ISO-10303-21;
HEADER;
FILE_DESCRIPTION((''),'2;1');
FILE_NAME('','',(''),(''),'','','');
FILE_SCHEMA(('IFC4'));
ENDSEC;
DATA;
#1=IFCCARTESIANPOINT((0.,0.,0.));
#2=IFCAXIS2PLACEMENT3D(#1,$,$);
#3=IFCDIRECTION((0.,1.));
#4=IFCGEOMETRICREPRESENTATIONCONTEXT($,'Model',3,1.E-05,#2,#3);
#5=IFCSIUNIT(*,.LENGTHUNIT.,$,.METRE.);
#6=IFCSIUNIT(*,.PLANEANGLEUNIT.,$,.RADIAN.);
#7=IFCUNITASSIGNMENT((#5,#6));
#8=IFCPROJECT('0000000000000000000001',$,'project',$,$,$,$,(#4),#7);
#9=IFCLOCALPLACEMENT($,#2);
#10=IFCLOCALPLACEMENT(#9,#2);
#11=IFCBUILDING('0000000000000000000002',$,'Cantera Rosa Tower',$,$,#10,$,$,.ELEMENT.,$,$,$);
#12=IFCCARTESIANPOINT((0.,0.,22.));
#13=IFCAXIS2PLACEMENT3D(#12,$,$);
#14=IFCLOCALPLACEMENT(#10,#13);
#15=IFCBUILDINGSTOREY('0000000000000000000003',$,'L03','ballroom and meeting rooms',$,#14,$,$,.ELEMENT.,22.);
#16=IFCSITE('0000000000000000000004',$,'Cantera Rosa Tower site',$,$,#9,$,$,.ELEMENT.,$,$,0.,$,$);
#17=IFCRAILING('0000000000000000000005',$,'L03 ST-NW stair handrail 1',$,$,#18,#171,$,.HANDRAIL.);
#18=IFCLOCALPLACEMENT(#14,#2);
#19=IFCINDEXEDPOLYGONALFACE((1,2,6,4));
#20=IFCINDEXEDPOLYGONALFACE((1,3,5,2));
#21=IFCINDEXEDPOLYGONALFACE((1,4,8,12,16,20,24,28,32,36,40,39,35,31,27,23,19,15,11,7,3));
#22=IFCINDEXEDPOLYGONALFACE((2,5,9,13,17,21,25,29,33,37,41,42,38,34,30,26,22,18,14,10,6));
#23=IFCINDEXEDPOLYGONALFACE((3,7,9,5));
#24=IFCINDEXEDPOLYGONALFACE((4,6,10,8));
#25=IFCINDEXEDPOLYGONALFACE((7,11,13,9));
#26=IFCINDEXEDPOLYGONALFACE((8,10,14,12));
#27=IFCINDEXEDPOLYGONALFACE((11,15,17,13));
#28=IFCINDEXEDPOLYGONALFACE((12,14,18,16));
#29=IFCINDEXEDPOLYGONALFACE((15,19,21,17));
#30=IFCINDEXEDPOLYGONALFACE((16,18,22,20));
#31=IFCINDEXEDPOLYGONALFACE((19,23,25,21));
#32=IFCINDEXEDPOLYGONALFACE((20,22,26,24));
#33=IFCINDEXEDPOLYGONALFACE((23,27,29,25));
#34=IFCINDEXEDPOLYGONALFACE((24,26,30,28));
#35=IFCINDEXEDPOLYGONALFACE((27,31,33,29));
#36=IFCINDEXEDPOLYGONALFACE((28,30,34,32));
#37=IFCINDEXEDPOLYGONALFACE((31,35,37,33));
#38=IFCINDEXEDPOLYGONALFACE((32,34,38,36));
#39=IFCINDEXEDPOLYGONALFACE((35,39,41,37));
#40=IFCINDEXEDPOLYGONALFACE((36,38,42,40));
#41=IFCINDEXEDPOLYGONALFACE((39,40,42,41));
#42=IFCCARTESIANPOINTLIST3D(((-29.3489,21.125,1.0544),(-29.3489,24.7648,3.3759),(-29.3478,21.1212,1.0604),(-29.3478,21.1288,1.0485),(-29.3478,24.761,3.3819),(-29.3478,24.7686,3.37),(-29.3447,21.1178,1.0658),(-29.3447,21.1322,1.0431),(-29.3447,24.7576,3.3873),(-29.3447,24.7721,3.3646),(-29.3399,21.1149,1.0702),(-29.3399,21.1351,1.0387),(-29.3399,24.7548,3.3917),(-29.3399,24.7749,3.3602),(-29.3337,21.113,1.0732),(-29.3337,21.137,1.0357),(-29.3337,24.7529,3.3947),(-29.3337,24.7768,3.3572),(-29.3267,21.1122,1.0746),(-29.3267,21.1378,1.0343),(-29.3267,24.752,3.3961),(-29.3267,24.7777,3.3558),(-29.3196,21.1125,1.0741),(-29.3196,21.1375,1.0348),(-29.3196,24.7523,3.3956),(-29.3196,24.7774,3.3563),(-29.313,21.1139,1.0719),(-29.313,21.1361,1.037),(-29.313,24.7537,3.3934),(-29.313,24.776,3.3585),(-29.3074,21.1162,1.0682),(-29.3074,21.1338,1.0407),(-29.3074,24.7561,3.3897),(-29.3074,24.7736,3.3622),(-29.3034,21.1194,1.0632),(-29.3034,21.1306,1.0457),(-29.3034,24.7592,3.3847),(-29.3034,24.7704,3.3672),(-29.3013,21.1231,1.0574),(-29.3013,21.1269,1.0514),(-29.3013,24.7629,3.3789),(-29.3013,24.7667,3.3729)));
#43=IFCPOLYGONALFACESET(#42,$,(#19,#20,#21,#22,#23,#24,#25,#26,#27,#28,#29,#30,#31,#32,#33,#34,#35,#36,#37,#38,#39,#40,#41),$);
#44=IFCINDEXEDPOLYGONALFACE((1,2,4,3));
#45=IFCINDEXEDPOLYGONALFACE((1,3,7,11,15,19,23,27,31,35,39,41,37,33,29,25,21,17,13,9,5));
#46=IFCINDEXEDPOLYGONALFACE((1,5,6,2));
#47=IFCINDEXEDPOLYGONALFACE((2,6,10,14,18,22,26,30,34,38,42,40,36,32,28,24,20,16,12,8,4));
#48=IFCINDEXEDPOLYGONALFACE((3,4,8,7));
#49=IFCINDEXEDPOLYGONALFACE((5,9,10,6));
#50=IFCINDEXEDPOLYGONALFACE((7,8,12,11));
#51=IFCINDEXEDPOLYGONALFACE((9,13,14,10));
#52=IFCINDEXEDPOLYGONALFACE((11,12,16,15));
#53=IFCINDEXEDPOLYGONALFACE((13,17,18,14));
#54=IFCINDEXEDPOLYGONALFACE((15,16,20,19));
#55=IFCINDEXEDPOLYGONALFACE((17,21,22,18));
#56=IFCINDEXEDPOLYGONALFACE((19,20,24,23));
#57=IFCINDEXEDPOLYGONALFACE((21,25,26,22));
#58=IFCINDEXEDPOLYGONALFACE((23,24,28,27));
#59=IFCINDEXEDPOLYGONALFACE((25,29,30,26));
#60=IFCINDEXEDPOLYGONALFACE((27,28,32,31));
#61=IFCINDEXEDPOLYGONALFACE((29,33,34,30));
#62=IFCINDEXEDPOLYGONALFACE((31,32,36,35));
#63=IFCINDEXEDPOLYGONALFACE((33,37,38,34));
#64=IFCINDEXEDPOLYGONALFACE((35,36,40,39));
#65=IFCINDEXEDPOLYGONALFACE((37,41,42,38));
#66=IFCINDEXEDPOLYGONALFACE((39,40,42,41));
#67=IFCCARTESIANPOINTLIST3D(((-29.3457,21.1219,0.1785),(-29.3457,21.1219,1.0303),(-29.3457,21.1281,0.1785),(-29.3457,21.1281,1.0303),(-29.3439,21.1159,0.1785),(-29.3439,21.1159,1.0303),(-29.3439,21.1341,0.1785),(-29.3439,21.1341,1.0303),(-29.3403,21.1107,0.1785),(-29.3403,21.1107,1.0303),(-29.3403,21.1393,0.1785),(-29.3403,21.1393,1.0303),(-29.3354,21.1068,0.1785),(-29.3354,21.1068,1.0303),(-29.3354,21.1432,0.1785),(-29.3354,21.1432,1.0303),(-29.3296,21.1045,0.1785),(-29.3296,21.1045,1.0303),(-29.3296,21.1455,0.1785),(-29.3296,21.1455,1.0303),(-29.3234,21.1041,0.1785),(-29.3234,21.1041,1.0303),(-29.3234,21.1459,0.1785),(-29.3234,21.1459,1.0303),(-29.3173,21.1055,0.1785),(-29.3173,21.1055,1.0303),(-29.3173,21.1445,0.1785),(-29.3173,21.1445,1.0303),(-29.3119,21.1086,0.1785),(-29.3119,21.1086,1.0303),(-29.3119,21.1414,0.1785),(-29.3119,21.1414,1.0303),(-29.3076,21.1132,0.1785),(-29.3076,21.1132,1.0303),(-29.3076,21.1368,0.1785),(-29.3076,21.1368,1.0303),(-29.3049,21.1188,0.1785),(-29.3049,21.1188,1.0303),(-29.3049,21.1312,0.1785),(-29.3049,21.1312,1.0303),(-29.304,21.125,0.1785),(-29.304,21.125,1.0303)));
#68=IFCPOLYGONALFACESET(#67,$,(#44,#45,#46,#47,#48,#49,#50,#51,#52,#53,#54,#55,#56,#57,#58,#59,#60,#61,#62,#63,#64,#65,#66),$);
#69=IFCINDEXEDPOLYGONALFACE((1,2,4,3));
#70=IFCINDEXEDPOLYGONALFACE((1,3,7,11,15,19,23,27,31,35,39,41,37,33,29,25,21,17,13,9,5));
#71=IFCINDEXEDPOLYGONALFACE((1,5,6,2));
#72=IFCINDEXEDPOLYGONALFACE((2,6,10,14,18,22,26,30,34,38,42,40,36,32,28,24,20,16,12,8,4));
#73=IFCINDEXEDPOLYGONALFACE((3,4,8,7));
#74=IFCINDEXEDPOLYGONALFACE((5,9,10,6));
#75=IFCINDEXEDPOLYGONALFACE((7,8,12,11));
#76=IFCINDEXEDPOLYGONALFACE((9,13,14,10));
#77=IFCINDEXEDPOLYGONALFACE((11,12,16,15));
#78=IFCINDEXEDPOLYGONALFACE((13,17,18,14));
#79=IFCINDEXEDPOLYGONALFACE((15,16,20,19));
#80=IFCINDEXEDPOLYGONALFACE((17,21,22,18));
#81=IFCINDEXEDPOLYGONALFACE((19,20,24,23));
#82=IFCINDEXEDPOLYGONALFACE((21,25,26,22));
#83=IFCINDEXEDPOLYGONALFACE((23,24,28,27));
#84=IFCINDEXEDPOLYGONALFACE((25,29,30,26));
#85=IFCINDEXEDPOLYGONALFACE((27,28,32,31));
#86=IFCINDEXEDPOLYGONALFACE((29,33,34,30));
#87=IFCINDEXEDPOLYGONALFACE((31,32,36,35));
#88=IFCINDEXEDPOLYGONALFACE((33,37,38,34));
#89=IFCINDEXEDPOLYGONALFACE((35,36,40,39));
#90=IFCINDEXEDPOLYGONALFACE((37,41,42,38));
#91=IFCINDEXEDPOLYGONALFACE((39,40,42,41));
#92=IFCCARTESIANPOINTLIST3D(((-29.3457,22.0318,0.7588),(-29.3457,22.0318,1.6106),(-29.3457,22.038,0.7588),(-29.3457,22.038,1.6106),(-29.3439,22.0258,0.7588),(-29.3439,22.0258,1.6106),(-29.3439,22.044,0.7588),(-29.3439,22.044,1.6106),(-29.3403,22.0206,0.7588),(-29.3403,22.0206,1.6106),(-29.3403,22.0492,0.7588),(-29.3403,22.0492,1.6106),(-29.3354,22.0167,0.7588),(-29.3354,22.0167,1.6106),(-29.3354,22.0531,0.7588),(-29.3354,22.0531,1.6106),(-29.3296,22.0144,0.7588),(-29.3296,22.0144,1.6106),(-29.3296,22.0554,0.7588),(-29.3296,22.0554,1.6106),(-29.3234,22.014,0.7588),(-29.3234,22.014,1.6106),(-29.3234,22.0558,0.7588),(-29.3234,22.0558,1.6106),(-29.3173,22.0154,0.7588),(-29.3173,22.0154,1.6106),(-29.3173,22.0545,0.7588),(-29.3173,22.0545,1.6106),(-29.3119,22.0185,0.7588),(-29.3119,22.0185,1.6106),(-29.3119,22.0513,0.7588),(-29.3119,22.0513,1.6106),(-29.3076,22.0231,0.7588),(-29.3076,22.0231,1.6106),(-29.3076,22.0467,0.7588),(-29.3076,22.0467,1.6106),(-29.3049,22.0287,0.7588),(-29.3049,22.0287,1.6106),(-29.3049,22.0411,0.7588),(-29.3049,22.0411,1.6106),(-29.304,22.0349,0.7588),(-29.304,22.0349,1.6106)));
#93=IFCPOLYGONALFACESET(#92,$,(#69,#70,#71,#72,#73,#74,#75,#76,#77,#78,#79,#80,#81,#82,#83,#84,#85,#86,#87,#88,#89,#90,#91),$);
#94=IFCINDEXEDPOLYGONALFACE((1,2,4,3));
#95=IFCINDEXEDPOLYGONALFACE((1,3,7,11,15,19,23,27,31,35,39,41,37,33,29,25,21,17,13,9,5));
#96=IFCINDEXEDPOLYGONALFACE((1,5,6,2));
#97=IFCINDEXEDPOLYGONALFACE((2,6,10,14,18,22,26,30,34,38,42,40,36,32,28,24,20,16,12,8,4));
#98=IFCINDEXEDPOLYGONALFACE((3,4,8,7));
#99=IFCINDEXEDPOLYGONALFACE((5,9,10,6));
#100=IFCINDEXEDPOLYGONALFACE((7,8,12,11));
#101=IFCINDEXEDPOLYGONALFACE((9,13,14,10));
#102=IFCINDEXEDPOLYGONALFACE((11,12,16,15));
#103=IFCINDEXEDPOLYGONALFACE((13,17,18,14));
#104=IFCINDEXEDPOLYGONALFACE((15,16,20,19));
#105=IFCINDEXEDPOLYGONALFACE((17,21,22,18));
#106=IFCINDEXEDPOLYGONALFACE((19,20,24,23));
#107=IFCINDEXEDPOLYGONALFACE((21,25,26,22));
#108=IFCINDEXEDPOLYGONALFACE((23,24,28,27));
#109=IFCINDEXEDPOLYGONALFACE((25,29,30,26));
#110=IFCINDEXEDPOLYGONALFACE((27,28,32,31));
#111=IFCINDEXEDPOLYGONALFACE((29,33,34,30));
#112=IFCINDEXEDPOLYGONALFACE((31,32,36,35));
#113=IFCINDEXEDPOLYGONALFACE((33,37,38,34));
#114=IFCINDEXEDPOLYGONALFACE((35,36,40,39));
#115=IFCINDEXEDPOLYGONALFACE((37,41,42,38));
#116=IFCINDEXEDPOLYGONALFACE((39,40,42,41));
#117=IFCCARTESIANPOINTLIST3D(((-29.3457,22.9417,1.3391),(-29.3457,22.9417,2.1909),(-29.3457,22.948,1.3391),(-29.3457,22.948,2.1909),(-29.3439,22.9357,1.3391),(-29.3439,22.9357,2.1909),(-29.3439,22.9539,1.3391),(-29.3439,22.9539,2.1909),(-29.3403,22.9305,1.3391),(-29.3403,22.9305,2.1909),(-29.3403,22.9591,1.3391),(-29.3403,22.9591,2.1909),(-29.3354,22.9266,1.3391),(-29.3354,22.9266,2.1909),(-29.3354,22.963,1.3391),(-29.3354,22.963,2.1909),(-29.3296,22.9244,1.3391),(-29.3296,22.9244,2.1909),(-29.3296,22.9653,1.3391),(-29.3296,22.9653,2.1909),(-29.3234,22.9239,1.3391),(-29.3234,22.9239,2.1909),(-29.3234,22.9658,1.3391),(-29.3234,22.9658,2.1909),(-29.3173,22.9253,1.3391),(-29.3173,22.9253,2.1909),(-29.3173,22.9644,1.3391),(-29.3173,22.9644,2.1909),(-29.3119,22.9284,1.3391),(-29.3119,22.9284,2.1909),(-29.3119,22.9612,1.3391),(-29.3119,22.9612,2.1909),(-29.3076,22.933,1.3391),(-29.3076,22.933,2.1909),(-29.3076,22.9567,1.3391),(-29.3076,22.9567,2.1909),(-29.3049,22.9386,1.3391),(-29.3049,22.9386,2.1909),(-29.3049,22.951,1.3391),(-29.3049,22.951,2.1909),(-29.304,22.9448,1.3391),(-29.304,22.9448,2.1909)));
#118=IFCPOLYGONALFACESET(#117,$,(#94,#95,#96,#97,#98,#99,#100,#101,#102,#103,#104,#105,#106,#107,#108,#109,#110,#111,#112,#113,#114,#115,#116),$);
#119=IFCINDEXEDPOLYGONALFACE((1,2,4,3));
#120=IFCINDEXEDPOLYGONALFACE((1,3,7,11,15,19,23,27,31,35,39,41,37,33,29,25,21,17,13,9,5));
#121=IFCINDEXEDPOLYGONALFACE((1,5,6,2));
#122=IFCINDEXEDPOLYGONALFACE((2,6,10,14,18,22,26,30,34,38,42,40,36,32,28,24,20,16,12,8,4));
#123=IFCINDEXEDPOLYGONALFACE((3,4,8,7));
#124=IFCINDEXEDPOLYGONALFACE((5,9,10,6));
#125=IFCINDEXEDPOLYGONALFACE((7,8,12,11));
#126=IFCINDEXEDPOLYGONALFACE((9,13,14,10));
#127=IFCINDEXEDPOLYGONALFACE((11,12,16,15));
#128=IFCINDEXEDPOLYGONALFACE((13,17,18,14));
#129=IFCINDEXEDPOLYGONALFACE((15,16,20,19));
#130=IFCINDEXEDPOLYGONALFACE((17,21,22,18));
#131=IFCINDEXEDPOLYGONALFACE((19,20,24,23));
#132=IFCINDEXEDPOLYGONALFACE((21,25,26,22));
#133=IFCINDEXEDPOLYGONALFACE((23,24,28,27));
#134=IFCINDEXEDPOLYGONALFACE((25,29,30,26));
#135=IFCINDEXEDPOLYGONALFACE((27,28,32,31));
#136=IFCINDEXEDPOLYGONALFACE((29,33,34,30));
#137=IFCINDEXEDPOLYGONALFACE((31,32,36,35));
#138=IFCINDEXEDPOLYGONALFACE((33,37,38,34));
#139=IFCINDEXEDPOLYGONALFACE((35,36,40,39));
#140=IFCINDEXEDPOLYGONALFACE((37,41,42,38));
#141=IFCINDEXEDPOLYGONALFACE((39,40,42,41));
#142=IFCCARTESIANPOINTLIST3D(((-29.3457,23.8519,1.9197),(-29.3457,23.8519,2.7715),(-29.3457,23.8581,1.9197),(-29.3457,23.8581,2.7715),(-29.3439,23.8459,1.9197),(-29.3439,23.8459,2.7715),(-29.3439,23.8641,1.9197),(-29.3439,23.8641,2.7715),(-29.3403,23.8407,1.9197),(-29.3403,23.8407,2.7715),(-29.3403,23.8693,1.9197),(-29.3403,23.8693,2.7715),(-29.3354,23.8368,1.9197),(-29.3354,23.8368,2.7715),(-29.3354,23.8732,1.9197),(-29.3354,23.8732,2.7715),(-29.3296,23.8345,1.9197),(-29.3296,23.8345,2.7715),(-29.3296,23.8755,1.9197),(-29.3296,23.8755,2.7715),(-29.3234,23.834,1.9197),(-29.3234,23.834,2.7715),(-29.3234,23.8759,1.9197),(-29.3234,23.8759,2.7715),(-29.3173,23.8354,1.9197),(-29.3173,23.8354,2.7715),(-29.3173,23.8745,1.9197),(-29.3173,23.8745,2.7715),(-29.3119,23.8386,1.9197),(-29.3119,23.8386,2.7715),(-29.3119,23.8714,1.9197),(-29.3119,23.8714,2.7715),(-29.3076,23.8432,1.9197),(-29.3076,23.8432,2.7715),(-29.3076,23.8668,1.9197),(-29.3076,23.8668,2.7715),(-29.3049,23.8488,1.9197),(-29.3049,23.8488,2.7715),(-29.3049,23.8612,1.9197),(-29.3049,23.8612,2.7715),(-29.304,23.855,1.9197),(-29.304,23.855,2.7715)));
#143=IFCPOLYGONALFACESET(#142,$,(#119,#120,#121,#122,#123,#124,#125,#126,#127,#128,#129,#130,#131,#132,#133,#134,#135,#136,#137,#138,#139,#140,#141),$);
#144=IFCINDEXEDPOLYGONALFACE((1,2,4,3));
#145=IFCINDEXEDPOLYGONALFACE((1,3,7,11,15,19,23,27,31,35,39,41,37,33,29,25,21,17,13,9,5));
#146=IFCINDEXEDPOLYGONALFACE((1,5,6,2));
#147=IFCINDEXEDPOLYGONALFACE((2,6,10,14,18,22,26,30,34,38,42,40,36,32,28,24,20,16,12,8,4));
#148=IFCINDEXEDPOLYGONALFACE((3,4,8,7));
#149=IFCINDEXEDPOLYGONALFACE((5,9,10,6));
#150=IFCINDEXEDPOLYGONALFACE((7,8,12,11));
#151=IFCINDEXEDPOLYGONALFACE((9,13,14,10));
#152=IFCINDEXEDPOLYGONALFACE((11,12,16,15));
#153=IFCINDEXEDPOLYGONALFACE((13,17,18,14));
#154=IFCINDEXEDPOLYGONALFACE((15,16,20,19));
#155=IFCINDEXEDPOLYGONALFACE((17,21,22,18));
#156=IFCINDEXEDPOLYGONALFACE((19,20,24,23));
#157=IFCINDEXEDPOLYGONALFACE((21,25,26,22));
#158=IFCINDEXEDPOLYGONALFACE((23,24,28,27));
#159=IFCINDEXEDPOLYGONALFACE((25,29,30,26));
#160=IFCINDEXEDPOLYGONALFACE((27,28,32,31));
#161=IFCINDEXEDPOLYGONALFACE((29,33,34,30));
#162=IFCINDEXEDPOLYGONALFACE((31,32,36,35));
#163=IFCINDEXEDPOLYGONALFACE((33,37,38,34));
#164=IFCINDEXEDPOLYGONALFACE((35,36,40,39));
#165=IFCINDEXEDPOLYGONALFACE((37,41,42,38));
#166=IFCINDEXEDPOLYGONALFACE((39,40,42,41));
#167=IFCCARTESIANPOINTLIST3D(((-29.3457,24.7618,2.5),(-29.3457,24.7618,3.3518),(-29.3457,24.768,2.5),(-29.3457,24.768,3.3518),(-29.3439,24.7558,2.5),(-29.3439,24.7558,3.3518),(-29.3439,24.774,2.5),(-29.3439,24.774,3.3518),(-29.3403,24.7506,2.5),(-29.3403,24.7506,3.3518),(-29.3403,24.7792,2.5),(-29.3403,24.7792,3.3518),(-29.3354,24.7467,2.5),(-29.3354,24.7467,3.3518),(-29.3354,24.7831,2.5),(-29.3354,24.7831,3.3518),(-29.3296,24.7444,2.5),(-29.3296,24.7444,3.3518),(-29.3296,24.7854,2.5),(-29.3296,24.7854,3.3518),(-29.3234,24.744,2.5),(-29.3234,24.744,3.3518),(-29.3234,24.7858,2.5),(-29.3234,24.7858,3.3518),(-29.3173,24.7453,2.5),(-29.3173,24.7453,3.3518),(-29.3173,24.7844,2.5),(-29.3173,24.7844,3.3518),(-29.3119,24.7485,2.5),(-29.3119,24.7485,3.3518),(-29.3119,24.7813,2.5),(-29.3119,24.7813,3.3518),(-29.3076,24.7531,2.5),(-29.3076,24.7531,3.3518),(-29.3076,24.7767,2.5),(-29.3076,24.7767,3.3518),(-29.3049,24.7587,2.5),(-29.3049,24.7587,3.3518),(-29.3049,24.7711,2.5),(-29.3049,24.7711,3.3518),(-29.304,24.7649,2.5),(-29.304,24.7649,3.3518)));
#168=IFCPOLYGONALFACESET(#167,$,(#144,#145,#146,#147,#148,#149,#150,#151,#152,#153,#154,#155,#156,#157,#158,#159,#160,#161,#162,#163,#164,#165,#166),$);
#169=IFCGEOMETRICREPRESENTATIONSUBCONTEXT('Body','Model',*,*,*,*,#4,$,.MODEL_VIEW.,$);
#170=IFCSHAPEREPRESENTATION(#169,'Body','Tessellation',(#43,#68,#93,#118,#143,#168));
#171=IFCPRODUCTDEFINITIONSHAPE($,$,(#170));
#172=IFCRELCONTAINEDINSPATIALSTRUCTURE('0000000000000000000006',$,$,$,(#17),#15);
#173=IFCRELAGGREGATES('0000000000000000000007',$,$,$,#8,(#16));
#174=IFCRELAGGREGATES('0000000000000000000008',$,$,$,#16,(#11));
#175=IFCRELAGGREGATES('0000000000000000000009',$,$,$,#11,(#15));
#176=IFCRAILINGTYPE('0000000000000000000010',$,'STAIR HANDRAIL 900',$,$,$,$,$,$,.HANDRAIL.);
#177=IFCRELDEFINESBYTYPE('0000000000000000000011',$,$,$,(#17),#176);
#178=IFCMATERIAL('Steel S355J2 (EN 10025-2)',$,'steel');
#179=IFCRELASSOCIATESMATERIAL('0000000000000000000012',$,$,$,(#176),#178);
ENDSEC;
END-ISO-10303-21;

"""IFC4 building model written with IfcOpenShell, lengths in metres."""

from ifc_helpers import new_model, si_unit, direction, frame, origin, origin_2d, place, context, subcontext, project, spatial, circle, extrude, material, type_object, element, save


model = new_model("IFC4")

# Units and contexts
model_context = context("Model", 3, precision=1e-05, world=origin(), true_north=direction((0.0, 1.0)))
body_context = subcontext(model_context, "Body", "Model", "MODEL_VIEW")
ifc_project = project(units=[si_unit("LENGTHUNIT", "METRE"), si_unit("PLANEANGLEUNIT", "RADIAN")], contexts=[model_context])

# Site, building, storey
site_placement = place(None, origin())
site = spatial("IfcSite", under=ifc_project, at=site_placement, Name="Cantera Rosa Tower site", CompositionType="ELEMENT", RefElevation=0.0)
building_placement = place(site_placement, origin())
building = spatial("IfcBuilding", under=site, at=building_placement, Name="Cantera Rosa Tower", CompositionType="ELEMENT")
storey_placement = place(building_placement, frame((0.0, 0.0, 22.0)))
storey = spatial("IfcBuildingStorey", under=building, at=storey_placement, Name="L03", Description="ballroom and meeting rooms", CompositionType="ELEMENT", Elevation=22.0)

# Railing
ifc_material_1 = material(Name="Steel S355J2 (EN 10025-2)", Category="steel")
railing_type_1 = type_object("IfcRailingType", Name="STAIR HANDRAIL 900", PredefinedType="HANDRAIL", material=ifc_material_1)
railing_1_placement = place(storey_placement, frame((-29.325, 21.125, 0.1785)))
element("IfcRailing", 1, at=railing_1_placement, inside=storey, type_object=railing_type_1, Name="L03 ST-NW stair handrail 1", PredefinedType="HANDRAIL", context=body_context, shape_type="SweptSolid", body=[
    extrude(circle(Radius=0.0239, at=origin_2d()), frame((0.0, 0.0, 0.876), z_axis=(0.0, 0.843112, 0.537739), x_axis=(-1.0, 0.0, 0.0)), (0.0, 0.0, 1.0), 4.3171),
    extrude(circle(Radius=0.021, at=origin_2d()), origin(), (0.0, 0.0, 1.0), 0.8518),
    extrude(circle(Radius=0.021, at=origin_2d()), frame((0.0, 0.9099, 0.5803)), (0.0, 0.0, 1.0), 0.8518),
    extrude(circle(Radius=0.021, at=origin_2d()), frame((0.0, 1.8198, 1.1606)), (0.0, 0.0, 1.0), 0.8518),
    extrude(circle(Radius=0.021, at=origin_2d()), frame((0.0, 2.73, 1.7412)), (0.0, 0.0, 1.0), 0.8518),
    extrude(circle(Radius=0.021, at=origin_2d()), frame((0.0, 3.6399, 2.3215)), (0.0, 0.0, 1.0), 0.8518),
])

save(model, "model.ifc")
